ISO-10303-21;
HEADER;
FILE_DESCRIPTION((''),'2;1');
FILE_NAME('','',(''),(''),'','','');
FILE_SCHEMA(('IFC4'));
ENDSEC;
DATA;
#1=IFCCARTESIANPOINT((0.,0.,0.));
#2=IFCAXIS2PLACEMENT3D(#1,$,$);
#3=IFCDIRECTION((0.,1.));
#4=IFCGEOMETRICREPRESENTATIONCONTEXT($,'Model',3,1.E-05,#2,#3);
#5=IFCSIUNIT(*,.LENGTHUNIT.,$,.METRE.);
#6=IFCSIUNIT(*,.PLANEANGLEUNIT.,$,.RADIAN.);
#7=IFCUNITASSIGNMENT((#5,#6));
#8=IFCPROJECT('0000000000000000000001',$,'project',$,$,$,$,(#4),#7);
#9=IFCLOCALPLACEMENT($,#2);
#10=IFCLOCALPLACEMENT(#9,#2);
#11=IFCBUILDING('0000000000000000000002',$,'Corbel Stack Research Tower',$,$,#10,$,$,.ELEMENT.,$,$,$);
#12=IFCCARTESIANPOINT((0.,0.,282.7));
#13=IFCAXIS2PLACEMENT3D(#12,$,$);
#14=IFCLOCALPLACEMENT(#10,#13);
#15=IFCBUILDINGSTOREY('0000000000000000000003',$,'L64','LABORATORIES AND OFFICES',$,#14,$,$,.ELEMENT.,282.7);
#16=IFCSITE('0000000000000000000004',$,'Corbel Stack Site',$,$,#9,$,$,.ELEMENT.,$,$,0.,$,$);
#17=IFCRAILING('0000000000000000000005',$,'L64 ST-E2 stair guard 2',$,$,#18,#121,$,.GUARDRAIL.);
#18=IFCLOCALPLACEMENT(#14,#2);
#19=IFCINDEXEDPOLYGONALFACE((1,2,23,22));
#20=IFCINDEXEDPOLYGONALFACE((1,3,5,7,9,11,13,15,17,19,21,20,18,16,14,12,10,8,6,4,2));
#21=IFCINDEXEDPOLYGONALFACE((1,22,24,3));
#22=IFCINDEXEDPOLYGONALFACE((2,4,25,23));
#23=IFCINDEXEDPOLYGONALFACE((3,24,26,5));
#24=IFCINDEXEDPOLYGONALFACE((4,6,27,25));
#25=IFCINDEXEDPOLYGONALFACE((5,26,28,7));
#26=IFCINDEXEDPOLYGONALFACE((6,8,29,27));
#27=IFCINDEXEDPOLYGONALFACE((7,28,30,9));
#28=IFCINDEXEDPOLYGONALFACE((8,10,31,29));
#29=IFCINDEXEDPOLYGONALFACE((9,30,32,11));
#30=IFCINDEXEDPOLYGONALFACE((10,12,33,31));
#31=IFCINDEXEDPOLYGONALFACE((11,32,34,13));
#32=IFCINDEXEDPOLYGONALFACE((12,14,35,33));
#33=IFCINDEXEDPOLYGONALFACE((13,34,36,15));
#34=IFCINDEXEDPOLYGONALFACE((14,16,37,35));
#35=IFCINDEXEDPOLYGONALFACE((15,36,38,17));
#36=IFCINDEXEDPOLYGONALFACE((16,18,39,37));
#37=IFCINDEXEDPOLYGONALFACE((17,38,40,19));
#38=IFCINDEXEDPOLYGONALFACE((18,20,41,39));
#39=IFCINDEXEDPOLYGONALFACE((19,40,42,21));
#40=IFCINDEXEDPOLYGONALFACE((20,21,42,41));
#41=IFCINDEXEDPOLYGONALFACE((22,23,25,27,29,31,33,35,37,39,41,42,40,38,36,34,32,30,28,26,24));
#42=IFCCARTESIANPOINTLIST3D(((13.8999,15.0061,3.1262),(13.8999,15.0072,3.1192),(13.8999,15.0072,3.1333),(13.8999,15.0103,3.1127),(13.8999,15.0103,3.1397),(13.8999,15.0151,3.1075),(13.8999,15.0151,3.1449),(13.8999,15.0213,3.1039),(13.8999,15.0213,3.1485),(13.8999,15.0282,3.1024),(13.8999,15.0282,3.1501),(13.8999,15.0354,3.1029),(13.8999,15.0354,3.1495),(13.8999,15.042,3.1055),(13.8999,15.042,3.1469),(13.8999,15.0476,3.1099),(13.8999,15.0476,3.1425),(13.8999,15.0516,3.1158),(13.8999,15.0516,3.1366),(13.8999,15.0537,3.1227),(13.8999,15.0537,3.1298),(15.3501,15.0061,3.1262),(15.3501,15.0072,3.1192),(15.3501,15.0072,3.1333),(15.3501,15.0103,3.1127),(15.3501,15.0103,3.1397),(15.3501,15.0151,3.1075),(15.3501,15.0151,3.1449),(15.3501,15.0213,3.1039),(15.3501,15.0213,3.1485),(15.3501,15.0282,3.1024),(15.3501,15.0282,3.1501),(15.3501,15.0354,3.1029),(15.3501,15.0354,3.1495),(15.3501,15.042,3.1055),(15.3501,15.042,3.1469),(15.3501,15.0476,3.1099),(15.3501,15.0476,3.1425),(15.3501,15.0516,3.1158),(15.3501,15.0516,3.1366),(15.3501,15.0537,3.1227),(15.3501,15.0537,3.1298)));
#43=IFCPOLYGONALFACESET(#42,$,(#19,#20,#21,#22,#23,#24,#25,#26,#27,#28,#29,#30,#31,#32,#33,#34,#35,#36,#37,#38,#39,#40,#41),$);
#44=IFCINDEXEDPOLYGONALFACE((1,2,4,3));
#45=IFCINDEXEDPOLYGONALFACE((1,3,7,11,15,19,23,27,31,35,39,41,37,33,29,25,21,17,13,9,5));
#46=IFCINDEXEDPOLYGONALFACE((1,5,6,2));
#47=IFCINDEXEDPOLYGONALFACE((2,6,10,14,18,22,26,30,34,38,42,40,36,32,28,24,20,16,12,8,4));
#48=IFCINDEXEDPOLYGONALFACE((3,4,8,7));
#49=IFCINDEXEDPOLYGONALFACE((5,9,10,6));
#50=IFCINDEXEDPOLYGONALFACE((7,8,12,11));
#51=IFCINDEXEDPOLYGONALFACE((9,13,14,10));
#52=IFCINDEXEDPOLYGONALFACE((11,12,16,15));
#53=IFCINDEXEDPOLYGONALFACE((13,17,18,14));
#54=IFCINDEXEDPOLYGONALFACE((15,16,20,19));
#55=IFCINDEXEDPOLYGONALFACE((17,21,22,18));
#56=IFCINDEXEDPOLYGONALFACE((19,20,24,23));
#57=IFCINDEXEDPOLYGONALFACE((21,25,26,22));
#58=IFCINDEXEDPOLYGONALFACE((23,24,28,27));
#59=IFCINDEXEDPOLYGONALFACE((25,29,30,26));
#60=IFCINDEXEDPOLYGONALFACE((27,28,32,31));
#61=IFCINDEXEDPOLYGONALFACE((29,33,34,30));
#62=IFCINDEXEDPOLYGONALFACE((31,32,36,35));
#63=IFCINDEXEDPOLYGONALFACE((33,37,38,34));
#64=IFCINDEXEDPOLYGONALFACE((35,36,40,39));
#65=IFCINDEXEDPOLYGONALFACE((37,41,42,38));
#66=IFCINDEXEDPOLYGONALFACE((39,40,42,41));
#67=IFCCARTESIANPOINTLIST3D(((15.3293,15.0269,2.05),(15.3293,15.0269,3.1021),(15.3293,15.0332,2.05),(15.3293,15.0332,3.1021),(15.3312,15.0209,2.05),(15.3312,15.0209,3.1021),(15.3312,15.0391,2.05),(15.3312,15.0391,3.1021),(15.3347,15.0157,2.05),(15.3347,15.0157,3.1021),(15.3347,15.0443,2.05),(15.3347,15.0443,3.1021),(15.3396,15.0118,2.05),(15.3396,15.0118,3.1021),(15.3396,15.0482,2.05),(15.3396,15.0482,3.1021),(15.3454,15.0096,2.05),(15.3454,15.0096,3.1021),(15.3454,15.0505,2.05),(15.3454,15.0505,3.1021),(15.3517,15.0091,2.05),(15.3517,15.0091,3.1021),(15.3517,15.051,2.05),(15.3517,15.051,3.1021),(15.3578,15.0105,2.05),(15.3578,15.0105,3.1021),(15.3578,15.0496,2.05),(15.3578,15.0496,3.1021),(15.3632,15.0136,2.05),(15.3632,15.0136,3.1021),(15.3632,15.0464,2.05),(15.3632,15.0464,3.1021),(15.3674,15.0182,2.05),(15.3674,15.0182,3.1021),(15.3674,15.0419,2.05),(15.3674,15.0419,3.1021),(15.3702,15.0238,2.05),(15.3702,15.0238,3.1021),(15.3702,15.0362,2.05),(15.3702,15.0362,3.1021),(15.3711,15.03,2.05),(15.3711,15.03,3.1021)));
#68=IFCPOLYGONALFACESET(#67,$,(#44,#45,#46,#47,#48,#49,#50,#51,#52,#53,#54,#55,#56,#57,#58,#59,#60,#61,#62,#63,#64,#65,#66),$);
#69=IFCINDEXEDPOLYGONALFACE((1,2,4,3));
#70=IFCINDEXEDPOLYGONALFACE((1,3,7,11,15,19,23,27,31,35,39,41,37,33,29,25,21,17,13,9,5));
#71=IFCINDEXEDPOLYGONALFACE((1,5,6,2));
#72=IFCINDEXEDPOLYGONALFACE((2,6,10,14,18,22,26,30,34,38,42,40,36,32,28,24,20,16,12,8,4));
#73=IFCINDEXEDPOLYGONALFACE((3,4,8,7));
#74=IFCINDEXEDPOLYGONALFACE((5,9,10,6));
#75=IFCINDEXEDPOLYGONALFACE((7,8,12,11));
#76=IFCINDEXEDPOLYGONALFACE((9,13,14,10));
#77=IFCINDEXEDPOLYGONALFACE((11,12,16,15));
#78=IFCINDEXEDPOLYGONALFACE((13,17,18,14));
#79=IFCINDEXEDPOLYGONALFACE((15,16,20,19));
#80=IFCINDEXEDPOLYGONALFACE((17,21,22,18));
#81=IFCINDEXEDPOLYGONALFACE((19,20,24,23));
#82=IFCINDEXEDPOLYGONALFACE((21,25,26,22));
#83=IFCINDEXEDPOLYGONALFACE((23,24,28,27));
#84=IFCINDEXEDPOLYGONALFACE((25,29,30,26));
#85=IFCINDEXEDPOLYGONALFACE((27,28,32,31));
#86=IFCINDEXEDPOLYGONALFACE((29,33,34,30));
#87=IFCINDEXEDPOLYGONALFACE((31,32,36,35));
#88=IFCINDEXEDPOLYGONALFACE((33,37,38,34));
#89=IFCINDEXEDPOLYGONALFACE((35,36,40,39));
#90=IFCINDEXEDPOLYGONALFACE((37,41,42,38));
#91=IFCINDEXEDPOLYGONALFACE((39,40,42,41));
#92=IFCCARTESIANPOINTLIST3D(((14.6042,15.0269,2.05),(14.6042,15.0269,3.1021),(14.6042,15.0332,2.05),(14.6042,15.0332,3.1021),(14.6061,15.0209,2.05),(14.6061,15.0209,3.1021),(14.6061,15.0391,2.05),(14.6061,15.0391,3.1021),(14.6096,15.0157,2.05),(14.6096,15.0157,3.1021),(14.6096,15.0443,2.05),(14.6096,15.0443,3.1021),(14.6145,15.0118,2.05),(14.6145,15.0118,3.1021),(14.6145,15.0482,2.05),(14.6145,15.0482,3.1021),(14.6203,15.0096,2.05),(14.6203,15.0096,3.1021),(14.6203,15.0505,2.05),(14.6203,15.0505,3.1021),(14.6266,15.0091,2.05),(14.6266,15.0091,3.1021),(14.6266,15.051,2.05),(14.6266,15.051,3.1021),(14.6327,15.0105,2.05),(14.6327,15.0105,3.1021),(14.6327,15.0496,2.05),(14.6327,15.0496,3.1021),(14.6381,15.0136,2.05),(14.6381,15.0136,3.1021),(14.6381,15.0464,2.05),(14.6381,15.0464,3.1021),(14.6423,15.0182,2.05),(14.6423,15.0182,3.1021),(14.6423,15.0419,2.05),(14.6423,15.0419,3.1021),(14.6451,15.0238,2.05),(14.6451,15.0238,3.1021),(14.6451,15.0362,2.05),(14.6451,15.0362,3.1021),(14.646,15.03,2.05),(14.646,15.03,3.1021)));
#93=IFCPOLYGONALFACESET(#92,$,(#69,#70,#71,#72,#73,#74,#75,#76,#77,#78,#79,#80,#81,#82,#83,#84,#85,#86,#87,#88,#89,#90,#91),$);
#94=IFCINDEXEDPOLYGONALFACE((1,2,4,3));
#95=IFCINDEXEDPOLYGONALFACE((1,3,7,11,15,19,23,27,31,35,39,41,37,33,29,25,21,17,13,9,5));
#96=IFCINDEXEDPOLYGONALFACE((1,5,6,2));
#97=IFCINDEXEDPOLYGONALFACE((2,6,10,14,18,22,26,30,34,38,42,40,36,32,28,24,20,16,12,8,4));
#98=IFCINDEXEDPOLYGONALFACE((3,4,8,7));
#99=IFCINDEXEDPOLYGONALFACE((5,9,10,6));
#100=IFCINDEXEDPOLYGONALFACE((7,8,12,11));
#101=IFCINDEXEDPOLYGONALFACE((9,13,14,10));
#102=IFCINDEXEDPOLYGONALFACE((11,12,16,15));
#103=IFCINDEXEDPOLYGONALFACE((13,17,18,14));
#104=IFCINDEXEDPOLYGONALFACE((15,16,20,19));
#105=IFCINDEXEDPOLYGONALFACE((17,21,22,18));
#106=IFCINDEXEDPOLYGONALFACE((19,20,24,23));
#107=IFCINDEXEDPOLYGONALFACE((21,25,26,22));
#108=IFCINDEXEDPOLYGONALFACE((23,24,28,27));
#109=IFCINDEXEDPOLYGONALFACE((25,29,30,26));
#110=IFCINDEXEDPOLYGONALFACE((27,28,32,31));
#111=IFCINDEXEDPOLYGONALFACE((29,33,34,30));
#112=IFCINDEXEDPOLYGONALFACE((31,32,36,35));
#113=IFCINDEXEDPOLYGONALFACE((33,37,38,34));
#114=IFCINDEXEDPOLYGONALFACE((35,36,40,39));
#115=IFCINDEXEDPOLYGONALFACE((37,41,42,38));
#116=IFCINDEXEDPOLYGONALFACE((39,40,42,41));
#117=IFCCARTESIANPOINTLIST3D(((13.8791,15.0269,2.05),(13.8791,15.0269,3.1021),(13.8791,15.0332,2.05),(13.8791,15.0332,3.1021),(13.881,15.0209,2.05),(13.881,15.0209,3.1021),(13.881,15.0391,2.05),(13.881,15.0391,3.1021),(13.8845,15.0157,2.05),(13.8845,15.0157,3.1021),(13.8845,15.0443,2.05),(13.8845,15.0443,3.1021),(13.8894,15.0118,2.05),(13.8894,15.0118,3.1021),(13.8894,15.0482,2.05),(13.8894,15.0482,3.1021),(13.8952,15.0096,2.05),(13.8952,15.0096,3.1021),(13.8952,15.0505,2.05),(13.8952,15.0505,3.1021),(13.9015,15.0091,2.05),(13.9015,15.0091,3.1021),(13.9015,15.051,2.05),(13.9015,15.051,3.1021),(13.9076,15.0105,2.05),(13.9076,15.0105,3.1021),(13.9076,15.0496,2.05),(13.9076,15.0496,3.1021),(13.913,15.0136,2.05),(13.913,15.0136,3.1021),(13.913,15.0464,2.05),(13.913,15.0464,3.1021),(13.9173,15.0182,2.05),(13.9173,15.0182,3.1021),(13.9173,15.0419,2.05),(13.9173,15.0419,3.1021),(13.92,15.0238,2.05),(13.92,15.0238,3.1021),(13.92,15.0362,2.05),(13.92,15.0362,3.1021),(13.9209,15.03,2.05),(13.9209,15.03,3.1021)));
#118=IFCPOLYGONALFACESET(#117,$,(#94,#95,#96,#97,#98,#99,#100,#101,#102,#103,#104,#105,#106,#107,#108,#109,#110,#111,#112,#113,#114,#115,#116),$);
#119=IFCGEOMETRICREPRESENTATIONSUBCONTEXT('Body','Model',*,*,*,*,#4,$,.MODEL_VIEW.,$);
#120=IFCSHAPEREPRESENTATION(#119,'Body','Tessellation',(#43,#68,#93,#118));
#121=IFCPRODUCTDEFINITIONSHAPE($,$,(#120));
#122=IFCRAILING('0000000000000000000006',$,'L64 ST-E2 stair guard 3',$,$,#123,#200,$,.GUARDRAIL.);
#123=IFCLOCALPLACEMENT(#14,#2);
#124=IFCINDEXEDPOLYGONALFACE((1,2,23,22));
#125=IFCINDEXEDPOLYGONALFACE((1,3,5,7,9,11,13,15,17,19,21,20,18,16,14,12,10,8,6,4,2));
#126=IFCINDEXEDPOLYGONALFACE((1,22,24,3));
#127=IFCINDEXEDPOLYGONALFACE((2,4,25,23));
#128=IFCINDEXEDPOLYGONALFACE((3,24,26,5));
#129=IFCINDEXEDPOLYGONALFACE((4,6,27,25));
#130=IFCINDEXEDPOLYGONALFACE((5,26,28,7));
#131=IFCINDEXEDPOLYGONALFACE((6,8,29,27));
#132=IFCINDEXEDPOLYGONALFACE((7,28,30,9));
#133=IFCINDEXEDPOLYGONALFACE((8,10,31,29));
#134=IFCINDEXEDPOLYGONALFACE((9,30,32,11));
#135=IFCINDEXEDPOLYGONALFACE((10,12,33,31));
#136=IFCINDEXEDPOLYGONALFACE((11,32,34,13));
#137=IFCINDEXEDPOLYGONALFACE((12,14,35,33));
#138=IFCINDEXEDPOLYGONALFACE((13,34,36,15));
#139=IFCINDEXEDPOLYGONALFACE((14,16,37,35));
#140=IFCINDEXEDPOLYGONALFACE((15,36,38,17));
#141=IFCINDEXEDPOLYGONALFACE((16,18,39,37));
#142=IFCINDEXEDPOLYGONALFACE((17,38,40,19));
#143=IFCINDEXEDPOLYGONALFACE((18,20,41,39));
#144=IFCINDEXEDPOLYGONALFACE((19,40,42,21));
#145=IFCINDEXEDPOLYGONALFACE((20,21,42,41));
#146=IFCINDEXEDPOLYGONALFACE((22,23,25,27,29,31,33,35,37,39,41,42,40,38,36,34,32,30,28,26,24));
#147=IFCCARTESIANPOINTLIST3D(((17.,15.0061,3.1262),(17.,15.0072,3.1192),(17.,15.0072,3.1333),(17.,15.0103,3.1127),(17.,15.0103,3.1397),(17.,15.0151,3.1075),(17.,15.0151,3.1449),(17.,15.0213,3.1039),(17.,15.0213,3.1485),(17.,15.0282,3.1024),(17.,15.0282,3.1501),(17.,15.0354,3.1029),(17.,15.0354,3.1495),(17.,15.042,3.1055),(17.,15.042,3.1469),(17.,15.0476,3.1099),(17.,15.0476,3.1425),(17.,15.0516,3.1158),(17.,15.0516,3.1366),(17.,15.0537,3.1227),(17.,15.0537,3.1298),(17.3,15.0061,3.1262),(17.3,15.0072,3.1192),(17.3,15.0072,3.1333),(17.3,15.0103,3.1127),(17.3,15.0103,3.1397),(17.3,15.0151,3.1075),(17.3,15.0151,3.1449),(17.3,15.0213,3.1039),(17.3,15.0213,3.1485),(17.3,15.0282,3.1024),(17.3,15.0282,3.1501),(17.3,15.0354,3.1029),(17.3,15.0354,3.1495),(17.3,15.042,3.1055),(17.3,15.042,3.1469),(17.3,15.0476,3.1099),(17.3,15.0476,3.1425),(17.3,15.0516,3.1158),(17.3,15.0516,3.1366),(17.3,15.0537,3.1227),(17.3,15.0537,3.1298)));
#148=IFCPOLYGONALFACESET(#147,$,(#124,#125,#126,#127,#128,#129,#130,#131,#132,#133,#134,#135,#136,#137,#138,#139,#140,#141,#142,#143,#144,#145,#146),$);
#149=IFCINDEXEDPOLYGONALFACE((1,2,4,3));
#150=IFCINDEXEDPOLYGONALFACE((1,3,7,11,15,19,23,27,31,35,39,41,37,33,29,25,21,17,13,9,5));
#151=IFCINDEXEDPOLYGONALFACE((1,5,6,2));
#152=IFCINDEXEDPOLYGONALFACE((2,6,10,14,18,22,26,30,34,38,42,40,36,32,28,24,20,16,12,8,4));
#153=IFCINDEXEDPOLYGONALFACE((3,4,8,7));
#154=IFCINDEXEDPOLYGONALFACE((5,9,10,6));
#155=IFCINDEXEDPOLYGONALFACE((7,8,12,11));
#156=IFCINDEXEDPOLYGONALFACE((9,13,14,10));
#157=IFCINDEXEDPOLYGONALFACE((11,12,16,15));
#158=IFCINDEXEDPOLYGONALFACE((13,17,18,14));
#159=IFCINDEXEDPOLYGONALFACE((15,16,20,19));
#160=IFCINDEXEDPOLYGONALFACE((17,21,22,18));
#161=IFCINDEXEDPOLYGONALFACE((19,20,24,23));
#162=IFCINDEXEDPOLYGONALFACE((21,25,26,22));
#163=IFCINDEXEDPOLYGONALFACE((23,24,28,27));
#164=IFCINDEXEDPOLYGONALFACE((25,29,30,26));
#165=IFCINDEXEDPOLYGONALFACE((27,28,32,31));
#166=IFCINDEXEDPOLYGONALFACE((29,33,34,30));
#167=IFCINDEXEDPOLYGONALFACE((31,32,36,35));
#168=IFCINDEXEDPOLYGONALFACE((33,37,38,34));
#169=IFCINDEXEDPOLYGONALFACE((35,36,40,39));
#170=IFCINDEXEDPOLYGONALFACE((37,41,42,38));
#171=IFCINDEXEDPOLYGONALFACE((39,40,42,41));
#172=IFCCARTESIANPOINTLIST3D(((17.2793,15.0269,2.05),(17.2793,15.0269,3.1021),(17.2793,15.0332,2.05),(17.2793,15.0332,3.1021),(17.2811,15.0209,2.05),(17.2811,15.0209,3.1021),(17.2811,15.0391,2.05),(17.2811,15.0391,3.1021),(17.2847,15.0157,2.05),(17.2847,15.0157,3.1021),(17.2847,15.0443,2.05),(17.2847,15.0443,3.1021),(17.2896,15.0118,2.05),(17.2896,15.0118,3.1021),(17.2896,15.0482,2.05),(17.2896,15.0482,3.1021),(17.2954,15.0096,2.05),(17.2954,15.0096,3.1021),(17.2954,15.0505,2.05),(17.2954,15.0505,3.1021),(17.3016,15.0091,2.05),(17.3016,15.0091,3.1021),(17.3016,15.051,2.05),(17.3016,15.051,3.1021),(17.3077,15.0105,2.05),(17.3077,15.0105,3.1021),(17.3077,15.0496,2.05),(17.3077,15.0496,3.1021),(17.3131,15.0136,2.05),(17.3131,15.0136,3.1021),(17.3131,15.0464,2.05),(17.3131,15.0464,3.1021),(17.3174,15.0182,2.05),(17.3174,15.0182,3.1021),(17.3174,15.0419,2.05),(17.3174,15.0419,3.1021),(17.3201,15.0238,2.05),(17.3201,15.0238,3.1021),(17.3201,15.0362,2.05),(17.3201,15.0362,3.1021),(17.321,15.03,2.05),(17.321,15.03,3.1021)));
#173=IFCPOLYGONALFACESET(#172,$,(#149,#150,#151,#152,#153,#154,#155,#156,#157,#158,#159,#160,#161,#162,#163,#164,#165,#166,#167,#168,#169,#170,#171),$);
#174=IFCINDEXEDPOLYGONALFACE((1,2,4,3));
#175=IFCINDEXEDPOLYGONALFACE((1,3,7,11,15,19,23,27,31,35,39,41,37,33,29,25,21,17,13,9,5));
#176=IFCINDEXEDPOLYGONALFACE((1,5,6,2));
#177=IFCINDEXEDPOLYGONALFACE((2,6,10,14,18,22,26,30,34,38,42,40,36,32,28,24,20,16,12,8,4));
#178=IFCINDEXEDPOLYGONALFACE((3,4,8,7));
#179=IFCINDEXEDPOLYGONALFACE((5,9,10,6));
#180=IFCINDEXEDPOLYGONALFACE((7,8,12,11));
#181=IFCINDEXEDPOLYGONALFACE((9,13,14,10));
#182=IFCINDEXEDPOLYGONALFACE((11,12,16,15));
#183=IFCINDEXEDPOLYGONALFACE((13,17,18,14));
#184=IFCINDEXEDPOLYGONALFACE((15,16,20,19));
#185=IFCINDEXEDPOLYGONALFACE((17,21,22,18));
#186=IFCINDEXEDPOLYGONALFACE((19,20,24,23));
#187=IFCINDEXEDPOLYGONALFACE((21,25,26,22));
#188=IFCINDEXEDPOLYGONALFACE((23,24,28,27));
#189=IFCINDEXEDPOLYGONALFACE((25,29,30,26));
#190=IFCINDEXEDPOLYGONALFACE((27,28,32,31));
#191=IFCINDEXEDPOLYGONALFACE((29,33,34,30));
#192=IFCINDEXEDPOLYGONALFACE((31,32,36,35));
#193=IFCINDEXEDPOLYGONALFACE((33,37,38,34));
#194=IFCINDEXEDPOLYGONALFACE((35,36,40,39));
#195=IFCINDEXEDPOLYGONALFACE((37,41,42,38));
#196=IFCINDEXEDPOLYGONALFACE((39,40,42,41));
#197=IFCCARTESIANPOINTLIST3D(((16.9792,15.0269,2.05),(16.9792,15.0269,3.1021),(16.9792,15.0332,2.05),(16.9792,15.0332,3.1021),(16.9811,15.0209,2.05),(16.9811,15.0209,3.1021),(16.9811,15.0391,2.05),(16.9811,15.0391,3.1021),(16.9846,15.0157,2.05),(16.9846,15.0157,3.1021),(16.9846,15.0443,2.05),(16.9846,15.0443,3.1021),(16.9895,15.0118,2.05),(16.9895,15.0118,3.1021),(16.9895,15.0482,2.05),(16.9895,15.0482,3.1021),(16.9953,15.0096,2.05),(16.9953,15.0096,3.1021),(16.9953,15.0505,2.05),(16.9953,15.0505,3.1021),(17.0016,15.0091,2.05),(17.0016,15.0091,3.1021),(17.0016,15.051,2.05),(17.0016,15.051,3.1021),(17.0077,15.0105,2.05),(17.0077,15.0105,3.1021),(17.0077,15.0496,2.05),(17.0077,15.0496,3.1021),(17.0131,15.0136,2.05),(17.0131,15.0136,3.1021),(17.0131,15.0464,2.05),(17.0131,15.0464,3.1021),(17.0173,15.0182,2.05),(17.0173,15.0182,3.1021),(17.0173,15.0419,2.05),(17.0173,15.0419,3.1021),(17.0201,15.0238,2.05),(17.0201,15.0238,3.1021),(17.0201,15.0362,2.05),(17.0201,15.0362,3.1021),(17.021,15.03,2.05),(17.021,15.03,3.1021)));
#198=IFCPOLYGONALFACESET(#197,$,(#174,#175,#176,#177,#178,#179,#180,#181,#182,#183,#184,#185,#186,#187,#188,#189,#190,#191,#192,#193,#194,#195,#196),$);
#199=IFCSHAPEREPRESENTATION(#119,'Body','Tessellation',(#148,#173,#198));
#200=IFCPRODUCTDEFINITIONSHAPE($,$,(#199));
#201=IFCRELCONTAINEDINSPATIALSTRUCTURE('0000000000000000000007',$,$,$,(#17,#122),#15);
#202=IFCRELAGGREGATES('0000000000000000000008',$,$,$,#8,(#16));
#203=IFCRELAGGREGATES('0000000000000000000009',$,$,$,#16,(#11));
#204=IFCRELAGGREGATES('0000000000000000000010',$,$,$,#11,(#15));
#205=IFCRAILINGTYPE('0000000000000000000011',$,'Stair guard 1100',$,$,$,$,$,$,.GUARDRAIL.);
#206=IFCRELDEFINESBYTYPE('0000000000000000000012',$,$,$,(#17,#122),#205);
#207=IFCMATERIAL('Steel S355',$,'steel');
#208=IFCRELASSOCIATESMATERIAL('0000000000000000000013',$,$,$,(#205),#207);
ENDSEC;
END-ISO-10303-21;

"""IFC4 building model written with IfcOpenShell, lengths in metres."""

from ifc_helpers import new_model, si_unit, direction, frame, origin, origin_2d, place, context, subcontext, project, spatial, circle, extrude, material, type_object, element, save


model = new_model("IFC4")

# Units and contexts
model_context = context("Model", 3, precision=1e-05, world=origin(), true_north=direction((0.0, 1.0)))
body_context = subcontext(model_context, "Body", "Model", "MODEL_VIEW")
ifc_project = project(units=[si_unit("LENGTHUNIT", "METRE"), si_unit("PLANEANGLEUNIT", "RADIAN")], contexts=[model_context])

# Site, building, storey
site_placement = place(None, origin())
site = spatial("IfcSite", under=ifc_project, at=site_placement, Name="Corbel Stack Site", CompositionType="ELEMENT", RefElevation=0.0)
building_placement = place(site_placement, origin())
building = spatial("IfcBuilding", under=site, at=building_placement, Name="Corbel Stack Research Tower", CompositionType="ELEMENT")
storey_placement = place(building_placement, frame((0.0, 0.0, 282.7)))
storey = spatial("IfcBuildingStorey", under=building, at=storey_placement, Name="L64", Description="LABORATORIES AND OFFICES", CompositionType="ELEMENT", Elevation=282.7)

# Railings
ifc_material_1 = material(Name="Steel S355", Category="steel")
railing_type_1 = type_object("IfcRailingType", Name="Stair guard 1100", PredefinedType="GUARDRAIL", material=ifc_material_1)
railing_1_placement = place(storey_placement, frame((15.3501, 15.03, 2.05)))
element("IfcRailing", 1, at=railing_1_placement, inside=storey, type_object=railing_type_1, Name="L64 ST-E2 stair guard 2", PredefinedType="GUARDRAIL", context=body_context, shape_type="SweptSolid", body=[
    extrude(circle(Radius=0.0239, at=origin_2d()), frame((0.0, 0.0, 1.0762), z_axis=(-1.0, 0.0, 0.0), x_axis=(0.0, -1.0, 0.0)), (0.0, 0.0, 1.0), 1.4502),
    extrude(circle(Radius=0.021, at=origin_2d()), origin(), (0.0, 0.0, 1.0), 1.052),
    extrude(circle(Radius=0.021, at=origin_2d()), frame((-0.7251, 0.0, 0.0)), (0.0, 0.0, 1.0), 1.052),
    extrude(circle(Radius=0.021, at=origin_2d()), frame((-1.4502, 0.0, 0.0)), (0.0, 0.0, 1.0), 1.052),
])
railing_2_placement = place(storey_placement, frame((17.3, 15.03, 2.05)))
element("IfcRailing", 2, at=railing_2_placement, inside=storey, type_object=railing_type_1, Name="L64 ST-E2 stair guard 3", PredefinedType="GUARDRAIL", context=body_context, shape_type="SweptSolid", body=[
    extrude(circle(Radius=0.0239, at=origin_2d()), frame((0.0, 0.0, 1.0762), z_axis=(-1.0, 0.0, 0.0), x_axis=(0.0, -1.0, 0.0)), (0.0, 0.0, 1.0), 0.3),
    extrude(circle(Radius=0.021, at=origin_2d()), origin(), (0.0, 0.0, 1.0), 1.052),
    extrude(circle(Radius=0.021, at=origin_2d()), frame((-0.3, 0.0, 0.0)), (0.0, 0.0, 1.0), 1.052),
])

save(model, "model.ifc")
